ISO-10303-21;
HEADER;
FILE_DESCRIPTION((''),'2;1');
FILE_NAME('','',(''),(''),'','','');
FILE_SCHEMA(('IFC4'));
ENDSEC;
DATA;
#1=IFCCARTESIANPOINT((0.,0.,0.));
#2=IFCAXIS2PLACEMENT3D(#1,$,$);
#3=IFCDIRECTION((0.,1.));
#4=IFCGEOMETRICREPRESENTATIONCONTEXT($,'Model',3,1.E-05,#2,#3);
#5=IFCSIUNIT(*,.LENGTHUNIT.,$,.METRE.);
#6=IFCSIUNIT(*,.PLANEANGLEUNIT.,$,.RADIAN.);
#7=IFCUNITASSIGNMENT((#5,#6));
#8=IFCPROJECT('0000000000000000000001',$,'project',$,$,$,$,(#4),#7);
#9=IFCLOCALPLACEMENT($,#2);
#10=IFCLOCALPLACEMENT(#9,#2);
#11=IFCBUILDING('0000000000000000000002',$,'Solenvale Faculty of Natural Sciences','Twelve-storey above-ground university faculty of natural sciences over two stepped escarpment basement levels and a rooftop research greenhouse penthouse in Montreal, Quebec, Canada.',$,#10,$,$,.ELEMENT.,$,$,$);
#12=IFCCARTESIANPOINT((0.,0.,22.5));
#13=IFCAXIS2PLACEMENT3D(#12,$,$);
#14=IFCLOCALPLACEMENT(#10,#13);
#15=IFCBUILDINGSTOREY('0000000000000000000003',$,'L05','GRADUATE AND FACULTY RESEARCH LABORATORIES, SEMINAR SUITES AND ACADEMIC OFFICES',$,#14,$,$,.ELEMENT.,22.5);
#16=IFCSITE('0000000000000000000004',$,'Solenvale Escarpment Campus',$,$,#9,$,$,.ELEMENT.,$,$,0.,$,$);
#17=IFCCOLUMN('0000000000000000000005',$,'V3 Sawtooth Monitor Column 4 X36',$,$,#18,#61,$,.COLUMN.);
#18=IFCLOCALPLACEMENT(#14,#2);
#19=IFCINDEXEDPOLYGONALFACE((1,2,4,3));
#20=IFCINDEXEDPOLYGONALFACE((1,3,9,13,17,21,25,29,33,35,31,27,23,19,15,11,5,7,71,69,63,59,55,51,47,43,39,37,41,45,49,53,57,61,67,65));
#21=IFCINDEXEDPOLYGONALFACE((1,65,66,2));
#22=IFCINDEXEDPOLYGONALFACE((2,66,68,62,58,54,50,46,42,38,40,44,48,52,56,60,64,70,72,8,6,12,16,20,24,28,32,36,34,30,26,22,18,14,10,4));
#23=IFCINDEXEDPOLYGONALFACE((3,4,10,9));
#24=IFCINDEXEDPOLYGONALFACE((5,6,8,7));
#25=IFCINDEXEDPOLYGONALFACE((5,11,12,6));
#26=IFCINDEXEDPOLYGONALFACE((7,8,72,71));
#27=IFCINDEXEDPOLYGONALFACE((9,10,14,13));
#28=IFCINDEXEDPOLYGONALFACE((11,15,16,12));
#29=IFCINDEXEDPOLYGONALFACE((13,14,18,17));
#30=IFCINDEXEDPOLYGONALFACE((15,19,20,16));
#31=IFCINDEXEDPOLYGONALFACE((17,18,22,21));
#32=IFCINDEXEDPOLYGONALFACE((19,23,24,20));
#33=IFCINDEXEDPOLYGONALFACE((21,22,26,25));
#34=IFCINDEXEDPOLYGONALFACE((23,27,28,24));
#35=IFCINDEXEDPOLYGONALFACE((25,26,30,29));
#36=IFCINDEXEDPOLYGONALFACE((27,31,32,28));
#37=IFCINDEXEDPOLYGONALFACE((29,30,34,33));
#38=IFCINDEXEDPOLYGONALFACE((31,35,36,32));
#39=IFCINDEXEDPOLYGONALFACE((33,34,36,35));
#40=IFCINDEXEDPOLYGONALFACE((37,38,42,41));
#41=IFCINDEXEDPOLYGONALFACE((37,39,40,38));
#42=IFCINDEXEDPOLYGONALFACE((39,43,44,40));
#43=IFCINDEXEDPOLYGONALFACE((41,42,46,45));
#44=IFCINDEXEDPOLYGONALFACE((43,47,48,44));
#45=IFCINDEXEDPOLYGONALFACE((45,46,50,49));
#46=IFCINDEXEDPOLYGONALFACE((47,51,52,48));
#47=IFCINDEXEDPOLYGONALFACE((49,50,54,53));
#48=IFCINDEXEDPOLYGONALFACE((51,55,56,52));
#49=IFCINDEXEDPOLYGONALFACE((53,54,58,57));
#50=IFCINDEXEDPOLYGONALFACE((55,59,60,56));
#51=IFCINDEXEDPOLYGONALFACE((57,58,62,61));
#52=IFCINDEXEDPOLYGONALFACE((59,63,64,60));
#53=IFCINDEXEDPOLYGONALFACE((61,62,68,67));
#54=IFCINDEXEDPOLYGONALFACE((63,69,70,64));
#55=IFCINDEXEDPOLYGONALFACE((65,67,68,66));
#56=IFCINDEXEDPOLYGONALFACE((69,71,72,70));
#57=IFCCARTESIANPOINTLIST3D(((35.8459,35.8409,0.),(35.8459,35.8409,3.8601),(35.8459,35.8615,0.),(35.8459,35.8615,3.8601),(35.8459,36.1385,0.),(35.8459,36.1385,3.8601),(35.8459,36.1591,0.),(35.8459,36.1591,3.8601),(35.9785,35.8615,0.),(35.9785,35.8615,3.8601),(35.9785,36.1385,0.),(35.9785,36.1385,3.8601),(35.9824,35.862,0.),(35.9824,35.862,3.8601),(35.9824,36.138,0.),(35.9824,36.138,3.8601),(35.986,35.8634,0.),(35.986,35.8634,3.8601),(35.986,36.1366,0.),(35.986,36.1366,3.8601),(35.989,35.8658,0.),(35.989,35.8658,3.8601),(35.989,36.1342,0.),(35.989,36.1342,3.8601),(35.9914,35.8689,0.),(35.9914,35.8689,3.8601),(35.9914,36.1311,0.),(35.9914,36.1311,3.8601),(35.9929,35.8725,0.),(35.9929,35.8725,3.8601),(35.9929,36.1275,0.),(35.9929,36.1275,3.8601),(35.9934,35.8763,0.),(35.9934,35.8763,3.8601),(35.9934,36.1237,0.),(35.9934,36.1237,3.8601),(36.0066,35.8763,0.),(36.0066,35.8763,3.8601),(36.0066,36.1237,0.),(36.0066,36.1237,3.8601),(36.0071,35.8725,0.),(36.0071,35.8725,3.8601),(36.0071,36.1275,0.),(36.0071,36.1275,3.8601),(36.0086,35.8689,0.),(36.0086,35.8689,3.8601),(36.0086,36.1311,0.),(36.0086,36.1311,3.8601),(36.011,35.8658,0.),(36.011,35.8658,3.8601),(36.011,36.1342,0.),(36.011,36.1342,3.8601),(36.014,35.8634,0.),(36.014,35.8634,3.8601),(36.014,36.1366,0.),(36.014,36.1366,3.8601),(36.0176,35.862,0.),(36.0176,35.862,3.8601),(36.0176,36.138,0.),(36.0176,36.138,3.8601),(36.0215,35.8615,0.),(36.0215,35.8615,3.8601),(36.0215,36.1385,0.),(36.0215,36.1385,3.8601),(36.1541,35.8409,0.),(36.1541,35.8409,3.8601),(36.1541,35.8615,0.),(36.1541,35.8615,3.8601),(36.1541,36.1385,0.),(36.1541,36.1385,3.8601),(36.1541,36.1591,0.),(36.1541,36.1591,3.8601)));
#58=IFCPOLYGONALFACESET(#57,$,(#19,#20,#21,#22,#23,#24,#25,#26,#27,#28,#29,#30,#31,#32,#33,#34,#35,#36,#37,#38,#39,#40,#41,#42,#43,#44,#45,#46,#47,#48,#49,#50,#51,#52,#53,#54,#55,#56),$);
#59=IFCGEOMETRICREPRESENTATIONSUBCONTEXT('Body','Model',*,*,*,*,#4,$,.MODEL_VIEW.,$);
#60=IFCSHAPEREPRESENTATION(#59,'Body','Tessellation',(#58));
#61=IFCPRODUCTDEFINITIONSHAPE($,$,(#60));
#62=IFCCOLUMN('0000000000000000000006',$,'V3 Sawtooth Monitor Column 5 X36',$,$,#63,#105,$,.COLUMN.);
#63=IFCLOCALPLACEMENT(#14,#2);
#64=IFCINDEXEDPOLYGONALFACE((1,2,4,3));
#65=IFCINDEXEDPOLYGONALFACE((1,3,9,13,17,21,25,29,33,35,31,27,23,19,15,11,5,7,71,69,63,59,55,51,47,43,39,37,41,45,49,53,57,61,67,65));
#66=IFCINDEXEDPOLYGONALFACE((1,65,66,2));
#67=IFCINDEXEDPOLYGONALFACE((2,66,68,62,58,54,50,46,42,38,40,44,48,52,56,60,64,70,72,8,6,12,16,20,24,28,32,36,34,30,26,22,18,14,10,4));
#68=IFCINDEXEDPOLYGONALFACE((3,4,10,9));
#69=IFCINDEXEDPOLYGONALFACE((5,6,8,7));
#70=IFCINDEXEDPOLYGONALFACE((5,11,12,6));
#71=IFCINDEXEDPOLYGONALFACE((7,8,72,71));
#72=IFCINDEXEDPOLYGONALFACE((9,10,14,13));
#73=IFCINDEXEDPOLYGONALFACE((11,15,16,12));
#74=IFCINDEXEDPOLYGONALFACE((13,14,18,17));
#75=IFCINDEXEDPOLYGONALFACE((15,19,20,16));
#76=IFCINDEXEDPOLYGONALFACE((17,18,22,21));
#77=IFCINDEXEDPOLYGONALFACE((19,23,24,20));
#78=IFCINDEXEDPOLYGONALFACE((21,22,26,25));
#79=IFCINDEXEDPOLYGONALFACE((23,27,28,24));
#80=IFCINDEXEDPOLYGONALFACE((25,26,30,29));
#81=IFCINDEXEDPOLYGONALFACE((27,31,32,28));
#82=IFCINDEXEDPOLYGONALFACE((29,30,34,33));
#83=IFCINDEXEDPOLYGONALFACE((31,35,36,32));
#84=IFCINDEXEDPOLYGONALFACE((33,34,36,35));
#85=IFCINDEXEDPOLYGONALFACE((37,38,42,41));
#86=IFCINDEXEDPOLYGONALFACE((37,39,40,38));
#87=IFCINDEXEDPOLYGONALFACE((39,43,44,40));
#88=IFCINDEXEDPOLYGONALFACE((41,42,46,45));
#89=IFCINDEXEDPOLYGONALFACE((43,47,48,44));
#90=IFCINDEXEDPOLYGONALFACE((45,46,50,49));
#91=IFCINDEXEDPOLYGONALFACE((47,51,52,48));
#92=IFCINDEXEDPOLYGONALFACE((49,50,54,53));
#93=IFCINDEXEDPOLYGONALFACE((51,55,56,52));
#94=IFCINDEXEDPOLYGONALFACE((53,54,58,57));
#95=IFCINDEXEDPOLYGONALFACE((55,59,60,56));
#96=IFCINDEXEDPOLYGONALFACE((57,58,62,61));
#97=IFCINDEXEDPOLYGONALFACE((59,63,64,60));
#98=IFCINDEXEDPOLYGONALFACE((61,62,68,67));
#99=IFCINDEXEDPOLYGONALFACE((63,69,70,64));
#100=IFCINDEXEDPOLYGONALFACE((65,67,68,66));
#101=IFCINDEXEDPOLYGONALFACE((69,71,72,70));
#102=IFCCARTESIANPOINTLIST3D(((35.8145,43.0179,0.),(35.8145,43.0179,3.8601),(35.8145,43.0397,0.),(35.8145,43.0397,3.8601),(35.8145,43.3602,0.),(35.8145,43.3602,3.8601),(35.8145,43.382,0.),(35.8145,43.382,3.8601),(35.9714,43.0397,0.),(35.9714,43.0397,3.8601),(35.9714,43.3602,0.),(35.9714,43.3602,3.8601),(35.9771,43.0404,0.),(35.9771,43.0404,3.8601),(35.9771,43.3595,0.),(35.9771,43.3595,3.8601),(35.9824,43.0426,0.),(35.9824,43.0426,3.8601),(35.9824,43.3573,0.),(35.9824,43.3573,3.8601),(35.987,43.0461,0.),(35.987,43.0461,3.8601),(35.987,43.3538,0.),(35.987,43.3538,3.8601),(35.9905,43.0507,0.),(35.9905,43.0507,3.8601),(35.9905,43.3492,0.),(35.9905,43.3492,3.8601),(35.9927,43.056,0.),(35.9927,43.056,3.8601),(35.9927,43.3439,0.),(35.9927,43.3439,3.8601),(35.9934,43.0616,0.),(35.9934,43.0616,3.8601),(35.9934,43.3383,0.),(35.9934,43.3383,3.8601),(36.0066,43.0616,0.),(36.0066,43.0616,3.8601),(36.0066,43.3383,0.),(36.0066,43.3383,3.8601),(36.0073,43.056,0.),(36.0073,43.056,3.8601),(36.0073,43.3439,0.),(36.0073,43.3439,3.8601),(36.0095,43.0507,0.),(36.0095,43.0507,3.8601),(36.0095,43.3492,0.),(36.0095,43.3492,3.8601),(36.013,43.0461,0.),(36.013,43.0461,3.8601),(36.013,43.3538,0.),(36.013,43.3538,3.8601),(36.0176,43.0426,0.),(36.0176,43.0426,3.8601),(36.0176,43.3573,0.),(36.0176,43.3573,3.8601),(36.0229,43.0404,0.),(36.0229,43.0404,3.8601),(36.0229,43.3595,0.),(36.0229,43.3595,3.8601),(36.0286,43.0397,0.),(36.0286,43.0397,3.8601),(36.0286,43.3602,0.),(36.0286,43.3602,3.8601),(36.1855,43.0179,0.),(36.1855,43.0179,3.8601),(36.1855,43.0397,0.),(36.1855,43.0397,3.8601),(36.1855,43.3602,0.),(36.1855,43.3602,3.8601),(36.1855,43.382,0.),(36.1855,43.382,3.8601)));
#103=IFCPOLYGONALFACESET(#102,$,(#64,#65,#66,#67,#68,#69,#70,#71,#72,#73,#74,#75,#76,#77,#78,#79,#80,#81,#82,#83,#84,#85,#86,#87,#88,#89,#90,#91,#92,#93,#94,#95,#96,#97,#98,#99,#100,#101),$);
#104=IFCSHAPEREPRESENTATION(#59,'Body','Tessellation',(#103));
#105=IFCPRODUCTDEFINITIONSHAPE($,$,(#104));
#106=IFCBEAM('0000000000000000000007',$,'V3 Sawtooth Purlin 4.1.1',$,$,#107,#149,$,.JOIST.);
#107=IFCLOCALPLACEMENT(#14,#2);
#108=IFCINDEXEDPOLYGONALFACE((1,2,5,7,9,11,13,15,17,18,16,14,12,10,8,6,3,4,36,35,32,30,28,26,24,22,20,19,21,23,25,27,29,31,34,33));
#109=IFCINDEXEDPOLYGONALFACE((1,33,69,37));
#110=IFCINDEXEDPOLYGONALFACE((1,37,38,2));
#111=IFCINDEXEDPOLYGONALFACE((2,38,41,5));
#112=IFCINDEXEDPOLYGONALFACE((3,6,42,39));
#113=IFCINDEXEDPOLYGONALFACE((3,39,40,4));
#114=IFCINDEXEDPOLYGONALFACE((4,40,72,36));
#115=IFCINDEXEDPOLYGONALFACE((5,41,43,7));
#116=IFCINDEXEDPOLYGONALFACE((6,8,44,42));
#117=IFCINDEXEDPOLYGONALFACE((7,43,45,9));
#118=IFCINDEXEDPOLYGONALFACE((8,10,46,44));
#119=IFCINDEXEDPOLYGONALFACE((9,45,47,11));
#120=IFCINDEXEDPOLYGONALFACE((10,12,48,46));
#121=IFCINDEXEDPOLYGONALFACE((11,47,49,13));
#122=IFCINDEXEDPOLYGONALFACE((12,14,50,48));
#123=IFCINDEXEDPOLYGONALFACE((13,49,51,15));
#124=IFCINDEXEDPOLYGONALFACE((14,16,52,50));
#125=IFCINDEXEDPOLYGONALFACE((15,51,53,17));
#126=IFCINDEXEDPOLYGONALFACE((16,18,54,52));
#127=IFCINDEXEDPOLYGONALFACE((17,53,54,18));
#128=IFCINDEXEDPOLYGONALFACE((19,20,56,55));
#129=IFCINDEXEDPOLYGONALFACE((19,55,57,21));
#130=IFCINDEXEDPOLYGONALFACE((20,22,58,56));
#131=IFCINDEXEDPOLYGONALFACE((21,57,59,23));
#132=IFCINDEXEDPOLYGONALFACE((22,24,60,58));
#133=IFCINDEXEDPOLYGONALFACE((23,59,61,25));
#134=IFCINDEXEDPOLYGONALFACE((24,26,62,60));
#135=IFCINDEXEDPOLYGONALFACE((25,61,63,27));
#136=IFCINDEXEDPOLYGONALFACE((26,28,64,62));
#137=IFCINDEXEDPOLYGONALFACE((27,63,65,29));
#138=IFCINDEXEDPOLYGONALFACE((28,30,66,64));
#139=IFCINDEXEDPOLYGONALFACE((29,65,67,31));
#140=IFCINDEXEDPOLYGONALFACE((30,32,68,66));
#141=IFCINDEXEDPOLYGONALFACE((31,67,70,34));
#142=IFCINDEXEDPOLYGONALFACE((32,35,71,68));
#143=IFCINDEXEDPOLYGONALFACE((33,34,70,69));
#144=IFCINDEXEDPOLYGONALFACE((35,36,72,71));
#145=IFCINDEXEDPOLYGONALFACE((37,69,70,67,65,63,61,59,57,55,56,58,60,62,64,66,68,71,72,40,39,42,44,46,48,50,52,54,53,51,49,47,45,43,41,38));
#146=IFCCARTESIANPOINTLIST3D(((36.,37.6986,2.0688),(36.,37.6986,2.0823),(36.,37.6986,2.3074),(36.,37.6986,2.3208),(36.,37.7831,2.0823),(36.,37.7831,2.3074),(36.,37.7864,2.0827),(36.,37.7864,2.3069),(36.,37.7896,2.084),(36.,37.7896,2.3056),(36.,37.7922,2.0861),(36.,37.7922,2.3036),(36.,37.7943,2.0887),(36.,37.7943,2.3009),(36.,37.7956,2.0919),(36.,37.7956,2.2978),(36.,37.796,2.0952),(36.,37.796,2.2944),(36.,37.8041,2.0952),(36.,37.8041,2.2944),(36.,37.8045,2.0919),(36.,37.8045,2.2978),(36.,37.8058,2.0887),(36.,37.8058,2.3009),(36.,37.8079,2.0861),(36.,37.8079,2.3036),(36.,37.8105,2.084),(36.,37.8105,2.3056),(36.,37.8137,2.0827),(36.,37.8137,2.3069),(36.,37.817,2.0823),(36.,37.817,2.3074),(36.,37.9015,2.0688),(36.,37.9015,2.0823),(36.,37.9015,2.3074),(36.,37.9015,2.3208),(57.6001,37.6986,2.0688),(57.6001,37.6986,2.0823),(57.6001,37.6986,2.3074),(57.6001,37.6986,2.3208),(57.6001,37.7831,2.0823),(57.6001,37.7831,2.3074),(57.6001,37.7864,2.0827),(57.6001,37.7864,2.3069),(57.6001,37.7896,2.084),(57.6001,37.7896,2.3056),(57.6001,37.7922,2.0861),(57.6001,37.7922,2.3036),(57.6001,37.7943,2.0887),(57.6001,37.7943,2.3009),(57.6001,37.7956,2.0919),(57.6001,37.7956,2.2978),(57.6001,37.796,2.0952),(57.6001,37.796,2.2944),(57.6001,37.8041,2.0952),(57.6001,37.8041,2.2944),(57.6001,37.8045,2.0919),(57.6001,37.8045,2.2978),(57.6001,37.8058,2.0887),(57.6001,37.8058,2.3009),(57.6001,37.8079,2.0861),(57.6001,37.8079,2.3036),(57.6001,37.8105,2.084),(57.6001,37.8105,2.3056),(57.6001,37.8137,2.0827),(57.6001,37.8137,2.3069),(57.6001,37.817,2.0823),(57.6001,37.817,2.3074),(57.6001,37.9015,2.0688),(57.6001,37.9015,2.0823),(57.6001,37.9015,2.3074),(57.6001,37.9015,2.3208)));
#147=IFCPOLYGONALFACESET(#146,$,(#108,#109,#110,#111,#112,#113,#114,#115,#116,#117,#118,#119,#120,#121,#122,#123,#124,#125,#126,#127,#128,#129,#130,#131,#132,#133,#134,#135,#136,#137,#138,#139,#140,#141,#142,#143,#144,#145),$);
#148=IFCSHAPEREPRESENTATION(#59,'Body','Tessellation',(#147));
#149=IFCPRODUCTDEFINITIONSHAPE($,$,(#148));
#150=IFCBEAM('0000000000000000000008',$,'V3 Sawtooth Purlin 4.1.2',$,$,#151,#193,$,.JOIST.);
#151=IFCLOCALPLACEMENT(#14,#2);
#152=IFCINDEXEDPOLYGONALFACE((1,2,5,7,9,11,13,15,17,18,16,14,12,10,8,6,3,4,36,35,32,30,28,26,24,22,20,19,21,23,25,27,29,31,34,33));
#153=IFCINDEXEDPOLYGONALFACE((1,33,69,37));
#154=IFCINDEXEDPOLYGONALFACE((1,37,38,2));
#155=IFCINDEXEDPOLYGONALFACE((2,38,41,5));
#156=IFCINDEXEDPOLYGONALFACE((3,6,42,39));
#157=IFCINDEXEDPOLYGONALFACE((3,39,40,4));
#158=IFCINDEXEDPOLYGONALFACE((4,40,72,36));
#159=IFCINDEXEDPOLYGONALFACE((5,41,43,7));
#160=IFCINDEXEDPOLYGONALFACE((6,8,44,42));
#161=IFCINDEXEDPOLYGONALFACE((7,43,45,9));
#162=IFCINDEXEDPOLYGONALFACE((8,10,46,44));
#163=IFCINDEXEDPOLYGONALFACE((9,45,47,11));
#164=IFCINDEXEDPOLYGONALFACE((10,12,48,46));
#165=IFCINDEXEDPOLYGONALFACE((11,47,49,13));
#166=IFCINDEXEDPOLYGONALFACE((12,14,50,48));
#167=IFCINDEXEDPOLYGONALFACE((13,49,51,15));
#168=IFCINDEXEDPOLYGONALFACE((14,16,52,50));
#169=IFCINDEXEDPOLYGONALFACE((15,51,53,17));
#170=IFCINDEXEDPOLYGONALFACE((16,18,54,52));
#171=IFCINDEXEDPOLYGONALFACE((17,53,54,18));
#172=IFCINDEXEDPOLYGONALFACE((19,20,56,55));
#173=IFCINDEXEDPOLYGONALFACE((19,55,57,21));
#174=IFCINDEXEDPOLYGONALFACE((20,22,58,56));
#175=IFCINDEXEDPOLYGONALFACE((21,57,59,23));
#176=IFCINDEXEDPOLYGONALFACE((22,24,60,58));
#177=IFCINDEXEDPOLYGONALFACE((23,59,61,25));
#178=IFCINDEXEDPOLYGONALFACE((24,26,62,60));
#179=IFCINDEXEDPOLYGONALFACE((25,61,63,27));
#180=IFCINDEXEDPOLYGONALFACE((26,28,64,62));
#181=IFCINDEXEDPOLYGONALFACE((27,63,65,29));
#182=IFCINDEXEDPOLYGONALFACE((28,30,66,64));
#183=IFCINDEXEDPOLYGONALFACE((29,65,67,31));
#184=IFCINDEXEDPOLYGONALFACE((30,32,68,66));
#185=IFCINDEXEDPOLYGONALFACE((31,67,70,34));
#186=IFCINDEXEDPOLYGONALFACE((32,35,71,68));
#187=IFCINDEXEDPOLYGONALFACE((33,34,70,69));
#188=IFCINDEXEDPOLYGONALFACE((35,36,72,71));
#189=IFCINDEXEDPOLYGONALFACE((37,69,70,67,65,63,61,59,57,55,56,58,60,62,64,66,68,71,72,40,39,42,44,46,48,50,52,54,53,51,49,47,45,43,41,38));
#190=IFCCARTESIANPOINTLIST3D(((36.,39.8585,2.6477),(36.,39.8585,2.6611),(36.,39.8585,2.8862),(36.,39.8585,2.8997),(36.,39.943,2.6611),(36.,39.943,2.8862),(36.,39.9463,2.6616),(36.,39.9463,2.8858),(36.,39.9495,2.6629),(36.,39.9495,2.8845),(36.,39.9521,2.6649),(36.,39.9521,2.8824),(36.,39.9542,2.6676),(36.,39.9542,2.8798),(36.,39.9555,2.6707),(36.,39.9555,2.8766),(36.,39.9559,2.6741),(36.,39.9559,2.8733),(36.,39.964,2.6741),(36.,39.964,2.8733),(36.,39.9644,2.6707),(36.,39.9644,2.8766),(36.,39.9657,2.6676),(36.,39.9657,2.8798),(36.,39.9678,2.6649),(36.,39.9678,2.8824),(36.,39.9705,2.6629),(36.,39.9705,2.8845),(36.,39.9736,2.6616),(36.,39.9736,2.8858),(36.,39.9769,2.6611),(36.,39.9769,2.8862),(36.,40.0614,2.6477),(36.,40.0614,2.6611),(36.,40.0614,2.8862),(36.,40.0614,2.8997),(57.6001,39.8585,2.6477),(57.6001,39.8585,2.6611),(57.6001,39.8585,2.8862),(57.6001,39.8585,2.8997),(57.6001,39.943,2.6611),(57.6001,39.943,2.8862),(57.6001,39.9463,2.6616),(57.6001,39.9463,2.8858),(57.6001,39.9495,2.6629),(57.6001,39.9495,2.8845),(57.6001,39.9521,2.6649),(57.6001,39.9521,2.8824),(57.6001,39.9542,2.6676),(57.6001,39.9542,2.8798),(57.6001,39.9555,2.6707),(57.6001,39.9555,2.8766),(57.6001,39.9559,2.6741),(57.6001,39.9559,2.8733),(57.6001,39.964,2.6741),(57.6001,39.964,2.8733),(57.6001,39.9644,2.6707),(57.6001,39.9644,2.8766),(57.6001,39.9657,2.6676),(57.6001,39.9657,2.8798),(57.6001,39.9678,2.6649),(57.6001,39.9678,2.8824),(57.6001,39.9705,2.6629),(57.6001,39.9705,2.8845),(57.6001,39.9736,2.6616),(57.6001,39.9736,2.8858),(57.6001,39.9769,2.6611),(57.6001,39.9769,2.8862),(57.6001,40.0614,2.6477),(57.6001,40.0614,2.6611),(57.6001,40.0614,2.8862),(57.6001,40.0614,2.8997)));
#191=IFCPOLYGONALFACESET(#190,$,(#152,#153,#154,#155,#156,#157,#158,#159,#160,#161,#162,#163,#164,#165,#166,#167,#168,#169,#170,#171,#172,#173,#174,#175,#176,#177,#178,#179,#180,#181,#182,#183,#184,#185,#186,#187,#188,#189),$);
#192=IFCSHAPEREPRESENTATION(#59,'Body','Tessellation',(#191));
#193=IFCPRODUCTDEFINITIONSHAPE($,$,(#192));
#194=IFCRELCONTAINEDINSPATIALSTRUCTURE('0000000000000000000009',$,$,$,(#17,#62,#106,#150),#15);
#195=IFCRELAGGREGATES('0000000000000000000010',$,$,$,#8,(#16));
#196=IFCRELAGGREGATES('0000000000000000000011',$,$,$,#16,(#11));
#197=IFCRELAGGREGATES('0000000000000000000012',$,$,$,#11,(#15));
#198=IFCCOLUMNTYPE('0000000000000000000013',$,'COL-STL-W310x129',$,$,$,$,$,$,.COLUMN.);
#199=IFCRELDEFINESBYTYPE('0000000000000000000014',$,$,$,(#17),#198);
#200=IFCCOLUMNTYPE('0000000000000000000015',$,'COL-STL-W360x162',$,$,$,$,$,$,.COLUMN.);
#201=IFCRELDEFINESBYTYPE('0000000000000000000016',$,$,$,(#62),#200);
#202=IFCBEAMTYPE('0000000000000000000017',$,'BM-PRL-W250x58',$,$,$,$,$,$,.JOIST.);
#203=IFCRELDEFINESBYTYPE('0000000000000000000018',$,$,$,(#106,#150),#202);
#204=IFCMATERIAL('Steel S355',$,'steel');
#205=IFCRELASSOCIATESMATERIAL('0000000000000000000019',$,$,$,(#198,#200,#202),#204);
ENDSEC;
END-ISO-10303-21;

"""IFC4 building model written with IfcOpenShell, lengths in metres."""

from ifc_helpers import new_model, si_unit, direction, frame, origin, origin_2d, place, context, subcontext, project, spatial, i_section, extrude, material, material_profile, profile_set, type_object, element, save


model = new_model("IFC4")

# Units and contexts
model_context = context("Model", 3, precision=1e-05, world=origin(), true_north=direction((0.0, 1.0)))
body_context = subcontext(model_context, "Body", "Model", "MODEL_VIEW")
ifc_project = project(units=[si_unit("LENGTHUNIT", "METRE"), si_unit("PLANEANGLEUNIT", "RADIAN")], contexts=[model_context])

# Site, building, storey
site_placement = place(None, origin())
site = spatial("IfcSite", under=ifc_project, at=site_placement, Name="Solenvale Escarpment Campus", CompositionType="ELEMENT", RefElevation=0.0)
building_placement = place(site_placement, origin())
building = spatial("IfcBuilding", under=site, at=building_placement, Name="Solenvale Faculty of Natural Sciences", Description="Twelve-storey above-ground university faculty of natural sciences over two stepped escarpment basement levels and a rooftop research greenhouse penthouse in Montreal, Quebec, Canada.", CompositionType="ELEMENT")
storey_placement = place(building_placement, frame((0.0, 0.0, 22.5)))
storey = spatial("IfcBuildingStorey", under=building, at=storey_placement, Name="L05", Description="GRADUATE AND FACULTY RESEARCH LABORATORIES, SEMINAR SUITES AND ACADEMIC OFFICES", CompositionType="ELEMENT", Elevation=22.5)

# Columns
ifc_material_1 = material(Name="Steel S355", Category="steel")
ifc_material_profile_1 = material_profile(ifc_material_1, i_section(OverallWidth=0.3081, OverallDepth=0.3181, WebThickness=0.0132, FlangeThickness=0.0205, FilletRadius=0.0149, at=origin_2d()), Name="W310x129")
ifc_profile_set_1 = profile_set([ifc_material_profile_1], Name="Steel S355")
column_type_1 = type_object("IfcColumnType", Name="COL-STL-W310x129", PredefinedType="COLUMN", material=ifc_profile_set_1)
column_1_placement = place(storey_placement, frame((36.0, 36.0, 0.0), z_axis=(0.0, 0.0, 1.0), x_axis=(1.0, 0.0, 0.0)))
element("IfcColumn", 1, at=column_1_placement, inside=storey, type_object=column_type_1, Name="V3 Sawtooth Monitor Column 4 X36", PredefinedType="COLUMN", context=body_context, shape_type="SweptSolid", body=[
    extrude(i_section(OverallWidth=0.3081, OverallDepth=0.3181, WebThickness=0.0132, FlangeThickness=0.0205, FilletRadius=0.0149, at=origin_2d()), origin(), (0.0, 0.0, 1.0), 3.8601),
])
ifc_material_profile_2 = material_profile(ifc_material_1, i_section(OverallWidth=0.3711, OverallDepth=0.364, WebThickness=0.0132, FlangeThickness=0.0217, FilletRadius=0.022, at=origin_2d()), Name="W360x162")
ifc_profile_set_2 = profile_set([ifc_material_profile_2], Name="Steel S355")
column_type_2 = type_object("IfcColumnType", Name="COL-STL-W360x162", PredefinedType="COLUMN", material=ifc_profile_set_2)
column_2_placement = place(storey_placement, frame((36.0, 43.2, 0.0), z_axis=(0.0, 0.0, 1.0), x_axis=(1.0, 0.0, 0.0)))
element("IfcColumn", 2, at=column_2_placement, inside=storey, type_object=column_type_2, Name="V3 Sawtooth Monitor Column 5 X36", PredefinedType="COLUMN", context=body_context, shape_type="SweptSolid", body=[
    extrude(i_section(OverallWidth=0.3711, OverallDepth=0.364, WebThickness=0.0132, FlangeThickness=0.0217, FilletRadius=0.022, at=origin_2d()), origin(), (0.0, 0.0, 1.0), 3.8601),
])

# Beams
ifc_material_profile_3 = material_profile(ifc_material_1, i_section(OverallWidth=0.2029, OverallDepth=0.252, WebThickness=0.0081, FlangeThickness=0.0134, FilletRadius=0.0129, at=origin_2d()), Name="W250x58")
ifc_profile_set_3 = profile_set([ifc_material_profile_3], Name="Steel S355")
beam_type_1 = type_object("IfcBeamType", Name="BM-PRL-W250x58", PredefinedType="JOIST", material=ifc_profile_set_3)
for number, where, z_axis, x_axis, name in (
    (3, (36.0, 37.8, 2.1948), (1.0, 0.0, 0.0), (0.0, 1.0, 0.0), "V3 Sawtooth Purlin 4.1.1"),
    (4, (36.0, 39.96, 2.7737), (1.0, 0.0, 0.0), (0.0, 1.0, 0.0), "V3 Sawtooth Purlin 4.1.2"),
):
    element("IfcBeam", number, at=place(storey_placement, frame(where, z_axis=z_axis, x_axis=x_axis)), inside=storey, type_object=beam_type_1, Name=name, PredefinedType="JOIST", context=body_context, shape_type="SweptSolid", body=[
        extrude(i_section(OverallWidth=0.2029, OverallDepth=0.252, WebThickness=0.0081, FlangeThickness=0.0134, FilletRadius=0.0129, at=origin_2d()), origin(), (0.0, 0.0, 1.0), 21.6001),
    ])

save(model, "model.ifc")
